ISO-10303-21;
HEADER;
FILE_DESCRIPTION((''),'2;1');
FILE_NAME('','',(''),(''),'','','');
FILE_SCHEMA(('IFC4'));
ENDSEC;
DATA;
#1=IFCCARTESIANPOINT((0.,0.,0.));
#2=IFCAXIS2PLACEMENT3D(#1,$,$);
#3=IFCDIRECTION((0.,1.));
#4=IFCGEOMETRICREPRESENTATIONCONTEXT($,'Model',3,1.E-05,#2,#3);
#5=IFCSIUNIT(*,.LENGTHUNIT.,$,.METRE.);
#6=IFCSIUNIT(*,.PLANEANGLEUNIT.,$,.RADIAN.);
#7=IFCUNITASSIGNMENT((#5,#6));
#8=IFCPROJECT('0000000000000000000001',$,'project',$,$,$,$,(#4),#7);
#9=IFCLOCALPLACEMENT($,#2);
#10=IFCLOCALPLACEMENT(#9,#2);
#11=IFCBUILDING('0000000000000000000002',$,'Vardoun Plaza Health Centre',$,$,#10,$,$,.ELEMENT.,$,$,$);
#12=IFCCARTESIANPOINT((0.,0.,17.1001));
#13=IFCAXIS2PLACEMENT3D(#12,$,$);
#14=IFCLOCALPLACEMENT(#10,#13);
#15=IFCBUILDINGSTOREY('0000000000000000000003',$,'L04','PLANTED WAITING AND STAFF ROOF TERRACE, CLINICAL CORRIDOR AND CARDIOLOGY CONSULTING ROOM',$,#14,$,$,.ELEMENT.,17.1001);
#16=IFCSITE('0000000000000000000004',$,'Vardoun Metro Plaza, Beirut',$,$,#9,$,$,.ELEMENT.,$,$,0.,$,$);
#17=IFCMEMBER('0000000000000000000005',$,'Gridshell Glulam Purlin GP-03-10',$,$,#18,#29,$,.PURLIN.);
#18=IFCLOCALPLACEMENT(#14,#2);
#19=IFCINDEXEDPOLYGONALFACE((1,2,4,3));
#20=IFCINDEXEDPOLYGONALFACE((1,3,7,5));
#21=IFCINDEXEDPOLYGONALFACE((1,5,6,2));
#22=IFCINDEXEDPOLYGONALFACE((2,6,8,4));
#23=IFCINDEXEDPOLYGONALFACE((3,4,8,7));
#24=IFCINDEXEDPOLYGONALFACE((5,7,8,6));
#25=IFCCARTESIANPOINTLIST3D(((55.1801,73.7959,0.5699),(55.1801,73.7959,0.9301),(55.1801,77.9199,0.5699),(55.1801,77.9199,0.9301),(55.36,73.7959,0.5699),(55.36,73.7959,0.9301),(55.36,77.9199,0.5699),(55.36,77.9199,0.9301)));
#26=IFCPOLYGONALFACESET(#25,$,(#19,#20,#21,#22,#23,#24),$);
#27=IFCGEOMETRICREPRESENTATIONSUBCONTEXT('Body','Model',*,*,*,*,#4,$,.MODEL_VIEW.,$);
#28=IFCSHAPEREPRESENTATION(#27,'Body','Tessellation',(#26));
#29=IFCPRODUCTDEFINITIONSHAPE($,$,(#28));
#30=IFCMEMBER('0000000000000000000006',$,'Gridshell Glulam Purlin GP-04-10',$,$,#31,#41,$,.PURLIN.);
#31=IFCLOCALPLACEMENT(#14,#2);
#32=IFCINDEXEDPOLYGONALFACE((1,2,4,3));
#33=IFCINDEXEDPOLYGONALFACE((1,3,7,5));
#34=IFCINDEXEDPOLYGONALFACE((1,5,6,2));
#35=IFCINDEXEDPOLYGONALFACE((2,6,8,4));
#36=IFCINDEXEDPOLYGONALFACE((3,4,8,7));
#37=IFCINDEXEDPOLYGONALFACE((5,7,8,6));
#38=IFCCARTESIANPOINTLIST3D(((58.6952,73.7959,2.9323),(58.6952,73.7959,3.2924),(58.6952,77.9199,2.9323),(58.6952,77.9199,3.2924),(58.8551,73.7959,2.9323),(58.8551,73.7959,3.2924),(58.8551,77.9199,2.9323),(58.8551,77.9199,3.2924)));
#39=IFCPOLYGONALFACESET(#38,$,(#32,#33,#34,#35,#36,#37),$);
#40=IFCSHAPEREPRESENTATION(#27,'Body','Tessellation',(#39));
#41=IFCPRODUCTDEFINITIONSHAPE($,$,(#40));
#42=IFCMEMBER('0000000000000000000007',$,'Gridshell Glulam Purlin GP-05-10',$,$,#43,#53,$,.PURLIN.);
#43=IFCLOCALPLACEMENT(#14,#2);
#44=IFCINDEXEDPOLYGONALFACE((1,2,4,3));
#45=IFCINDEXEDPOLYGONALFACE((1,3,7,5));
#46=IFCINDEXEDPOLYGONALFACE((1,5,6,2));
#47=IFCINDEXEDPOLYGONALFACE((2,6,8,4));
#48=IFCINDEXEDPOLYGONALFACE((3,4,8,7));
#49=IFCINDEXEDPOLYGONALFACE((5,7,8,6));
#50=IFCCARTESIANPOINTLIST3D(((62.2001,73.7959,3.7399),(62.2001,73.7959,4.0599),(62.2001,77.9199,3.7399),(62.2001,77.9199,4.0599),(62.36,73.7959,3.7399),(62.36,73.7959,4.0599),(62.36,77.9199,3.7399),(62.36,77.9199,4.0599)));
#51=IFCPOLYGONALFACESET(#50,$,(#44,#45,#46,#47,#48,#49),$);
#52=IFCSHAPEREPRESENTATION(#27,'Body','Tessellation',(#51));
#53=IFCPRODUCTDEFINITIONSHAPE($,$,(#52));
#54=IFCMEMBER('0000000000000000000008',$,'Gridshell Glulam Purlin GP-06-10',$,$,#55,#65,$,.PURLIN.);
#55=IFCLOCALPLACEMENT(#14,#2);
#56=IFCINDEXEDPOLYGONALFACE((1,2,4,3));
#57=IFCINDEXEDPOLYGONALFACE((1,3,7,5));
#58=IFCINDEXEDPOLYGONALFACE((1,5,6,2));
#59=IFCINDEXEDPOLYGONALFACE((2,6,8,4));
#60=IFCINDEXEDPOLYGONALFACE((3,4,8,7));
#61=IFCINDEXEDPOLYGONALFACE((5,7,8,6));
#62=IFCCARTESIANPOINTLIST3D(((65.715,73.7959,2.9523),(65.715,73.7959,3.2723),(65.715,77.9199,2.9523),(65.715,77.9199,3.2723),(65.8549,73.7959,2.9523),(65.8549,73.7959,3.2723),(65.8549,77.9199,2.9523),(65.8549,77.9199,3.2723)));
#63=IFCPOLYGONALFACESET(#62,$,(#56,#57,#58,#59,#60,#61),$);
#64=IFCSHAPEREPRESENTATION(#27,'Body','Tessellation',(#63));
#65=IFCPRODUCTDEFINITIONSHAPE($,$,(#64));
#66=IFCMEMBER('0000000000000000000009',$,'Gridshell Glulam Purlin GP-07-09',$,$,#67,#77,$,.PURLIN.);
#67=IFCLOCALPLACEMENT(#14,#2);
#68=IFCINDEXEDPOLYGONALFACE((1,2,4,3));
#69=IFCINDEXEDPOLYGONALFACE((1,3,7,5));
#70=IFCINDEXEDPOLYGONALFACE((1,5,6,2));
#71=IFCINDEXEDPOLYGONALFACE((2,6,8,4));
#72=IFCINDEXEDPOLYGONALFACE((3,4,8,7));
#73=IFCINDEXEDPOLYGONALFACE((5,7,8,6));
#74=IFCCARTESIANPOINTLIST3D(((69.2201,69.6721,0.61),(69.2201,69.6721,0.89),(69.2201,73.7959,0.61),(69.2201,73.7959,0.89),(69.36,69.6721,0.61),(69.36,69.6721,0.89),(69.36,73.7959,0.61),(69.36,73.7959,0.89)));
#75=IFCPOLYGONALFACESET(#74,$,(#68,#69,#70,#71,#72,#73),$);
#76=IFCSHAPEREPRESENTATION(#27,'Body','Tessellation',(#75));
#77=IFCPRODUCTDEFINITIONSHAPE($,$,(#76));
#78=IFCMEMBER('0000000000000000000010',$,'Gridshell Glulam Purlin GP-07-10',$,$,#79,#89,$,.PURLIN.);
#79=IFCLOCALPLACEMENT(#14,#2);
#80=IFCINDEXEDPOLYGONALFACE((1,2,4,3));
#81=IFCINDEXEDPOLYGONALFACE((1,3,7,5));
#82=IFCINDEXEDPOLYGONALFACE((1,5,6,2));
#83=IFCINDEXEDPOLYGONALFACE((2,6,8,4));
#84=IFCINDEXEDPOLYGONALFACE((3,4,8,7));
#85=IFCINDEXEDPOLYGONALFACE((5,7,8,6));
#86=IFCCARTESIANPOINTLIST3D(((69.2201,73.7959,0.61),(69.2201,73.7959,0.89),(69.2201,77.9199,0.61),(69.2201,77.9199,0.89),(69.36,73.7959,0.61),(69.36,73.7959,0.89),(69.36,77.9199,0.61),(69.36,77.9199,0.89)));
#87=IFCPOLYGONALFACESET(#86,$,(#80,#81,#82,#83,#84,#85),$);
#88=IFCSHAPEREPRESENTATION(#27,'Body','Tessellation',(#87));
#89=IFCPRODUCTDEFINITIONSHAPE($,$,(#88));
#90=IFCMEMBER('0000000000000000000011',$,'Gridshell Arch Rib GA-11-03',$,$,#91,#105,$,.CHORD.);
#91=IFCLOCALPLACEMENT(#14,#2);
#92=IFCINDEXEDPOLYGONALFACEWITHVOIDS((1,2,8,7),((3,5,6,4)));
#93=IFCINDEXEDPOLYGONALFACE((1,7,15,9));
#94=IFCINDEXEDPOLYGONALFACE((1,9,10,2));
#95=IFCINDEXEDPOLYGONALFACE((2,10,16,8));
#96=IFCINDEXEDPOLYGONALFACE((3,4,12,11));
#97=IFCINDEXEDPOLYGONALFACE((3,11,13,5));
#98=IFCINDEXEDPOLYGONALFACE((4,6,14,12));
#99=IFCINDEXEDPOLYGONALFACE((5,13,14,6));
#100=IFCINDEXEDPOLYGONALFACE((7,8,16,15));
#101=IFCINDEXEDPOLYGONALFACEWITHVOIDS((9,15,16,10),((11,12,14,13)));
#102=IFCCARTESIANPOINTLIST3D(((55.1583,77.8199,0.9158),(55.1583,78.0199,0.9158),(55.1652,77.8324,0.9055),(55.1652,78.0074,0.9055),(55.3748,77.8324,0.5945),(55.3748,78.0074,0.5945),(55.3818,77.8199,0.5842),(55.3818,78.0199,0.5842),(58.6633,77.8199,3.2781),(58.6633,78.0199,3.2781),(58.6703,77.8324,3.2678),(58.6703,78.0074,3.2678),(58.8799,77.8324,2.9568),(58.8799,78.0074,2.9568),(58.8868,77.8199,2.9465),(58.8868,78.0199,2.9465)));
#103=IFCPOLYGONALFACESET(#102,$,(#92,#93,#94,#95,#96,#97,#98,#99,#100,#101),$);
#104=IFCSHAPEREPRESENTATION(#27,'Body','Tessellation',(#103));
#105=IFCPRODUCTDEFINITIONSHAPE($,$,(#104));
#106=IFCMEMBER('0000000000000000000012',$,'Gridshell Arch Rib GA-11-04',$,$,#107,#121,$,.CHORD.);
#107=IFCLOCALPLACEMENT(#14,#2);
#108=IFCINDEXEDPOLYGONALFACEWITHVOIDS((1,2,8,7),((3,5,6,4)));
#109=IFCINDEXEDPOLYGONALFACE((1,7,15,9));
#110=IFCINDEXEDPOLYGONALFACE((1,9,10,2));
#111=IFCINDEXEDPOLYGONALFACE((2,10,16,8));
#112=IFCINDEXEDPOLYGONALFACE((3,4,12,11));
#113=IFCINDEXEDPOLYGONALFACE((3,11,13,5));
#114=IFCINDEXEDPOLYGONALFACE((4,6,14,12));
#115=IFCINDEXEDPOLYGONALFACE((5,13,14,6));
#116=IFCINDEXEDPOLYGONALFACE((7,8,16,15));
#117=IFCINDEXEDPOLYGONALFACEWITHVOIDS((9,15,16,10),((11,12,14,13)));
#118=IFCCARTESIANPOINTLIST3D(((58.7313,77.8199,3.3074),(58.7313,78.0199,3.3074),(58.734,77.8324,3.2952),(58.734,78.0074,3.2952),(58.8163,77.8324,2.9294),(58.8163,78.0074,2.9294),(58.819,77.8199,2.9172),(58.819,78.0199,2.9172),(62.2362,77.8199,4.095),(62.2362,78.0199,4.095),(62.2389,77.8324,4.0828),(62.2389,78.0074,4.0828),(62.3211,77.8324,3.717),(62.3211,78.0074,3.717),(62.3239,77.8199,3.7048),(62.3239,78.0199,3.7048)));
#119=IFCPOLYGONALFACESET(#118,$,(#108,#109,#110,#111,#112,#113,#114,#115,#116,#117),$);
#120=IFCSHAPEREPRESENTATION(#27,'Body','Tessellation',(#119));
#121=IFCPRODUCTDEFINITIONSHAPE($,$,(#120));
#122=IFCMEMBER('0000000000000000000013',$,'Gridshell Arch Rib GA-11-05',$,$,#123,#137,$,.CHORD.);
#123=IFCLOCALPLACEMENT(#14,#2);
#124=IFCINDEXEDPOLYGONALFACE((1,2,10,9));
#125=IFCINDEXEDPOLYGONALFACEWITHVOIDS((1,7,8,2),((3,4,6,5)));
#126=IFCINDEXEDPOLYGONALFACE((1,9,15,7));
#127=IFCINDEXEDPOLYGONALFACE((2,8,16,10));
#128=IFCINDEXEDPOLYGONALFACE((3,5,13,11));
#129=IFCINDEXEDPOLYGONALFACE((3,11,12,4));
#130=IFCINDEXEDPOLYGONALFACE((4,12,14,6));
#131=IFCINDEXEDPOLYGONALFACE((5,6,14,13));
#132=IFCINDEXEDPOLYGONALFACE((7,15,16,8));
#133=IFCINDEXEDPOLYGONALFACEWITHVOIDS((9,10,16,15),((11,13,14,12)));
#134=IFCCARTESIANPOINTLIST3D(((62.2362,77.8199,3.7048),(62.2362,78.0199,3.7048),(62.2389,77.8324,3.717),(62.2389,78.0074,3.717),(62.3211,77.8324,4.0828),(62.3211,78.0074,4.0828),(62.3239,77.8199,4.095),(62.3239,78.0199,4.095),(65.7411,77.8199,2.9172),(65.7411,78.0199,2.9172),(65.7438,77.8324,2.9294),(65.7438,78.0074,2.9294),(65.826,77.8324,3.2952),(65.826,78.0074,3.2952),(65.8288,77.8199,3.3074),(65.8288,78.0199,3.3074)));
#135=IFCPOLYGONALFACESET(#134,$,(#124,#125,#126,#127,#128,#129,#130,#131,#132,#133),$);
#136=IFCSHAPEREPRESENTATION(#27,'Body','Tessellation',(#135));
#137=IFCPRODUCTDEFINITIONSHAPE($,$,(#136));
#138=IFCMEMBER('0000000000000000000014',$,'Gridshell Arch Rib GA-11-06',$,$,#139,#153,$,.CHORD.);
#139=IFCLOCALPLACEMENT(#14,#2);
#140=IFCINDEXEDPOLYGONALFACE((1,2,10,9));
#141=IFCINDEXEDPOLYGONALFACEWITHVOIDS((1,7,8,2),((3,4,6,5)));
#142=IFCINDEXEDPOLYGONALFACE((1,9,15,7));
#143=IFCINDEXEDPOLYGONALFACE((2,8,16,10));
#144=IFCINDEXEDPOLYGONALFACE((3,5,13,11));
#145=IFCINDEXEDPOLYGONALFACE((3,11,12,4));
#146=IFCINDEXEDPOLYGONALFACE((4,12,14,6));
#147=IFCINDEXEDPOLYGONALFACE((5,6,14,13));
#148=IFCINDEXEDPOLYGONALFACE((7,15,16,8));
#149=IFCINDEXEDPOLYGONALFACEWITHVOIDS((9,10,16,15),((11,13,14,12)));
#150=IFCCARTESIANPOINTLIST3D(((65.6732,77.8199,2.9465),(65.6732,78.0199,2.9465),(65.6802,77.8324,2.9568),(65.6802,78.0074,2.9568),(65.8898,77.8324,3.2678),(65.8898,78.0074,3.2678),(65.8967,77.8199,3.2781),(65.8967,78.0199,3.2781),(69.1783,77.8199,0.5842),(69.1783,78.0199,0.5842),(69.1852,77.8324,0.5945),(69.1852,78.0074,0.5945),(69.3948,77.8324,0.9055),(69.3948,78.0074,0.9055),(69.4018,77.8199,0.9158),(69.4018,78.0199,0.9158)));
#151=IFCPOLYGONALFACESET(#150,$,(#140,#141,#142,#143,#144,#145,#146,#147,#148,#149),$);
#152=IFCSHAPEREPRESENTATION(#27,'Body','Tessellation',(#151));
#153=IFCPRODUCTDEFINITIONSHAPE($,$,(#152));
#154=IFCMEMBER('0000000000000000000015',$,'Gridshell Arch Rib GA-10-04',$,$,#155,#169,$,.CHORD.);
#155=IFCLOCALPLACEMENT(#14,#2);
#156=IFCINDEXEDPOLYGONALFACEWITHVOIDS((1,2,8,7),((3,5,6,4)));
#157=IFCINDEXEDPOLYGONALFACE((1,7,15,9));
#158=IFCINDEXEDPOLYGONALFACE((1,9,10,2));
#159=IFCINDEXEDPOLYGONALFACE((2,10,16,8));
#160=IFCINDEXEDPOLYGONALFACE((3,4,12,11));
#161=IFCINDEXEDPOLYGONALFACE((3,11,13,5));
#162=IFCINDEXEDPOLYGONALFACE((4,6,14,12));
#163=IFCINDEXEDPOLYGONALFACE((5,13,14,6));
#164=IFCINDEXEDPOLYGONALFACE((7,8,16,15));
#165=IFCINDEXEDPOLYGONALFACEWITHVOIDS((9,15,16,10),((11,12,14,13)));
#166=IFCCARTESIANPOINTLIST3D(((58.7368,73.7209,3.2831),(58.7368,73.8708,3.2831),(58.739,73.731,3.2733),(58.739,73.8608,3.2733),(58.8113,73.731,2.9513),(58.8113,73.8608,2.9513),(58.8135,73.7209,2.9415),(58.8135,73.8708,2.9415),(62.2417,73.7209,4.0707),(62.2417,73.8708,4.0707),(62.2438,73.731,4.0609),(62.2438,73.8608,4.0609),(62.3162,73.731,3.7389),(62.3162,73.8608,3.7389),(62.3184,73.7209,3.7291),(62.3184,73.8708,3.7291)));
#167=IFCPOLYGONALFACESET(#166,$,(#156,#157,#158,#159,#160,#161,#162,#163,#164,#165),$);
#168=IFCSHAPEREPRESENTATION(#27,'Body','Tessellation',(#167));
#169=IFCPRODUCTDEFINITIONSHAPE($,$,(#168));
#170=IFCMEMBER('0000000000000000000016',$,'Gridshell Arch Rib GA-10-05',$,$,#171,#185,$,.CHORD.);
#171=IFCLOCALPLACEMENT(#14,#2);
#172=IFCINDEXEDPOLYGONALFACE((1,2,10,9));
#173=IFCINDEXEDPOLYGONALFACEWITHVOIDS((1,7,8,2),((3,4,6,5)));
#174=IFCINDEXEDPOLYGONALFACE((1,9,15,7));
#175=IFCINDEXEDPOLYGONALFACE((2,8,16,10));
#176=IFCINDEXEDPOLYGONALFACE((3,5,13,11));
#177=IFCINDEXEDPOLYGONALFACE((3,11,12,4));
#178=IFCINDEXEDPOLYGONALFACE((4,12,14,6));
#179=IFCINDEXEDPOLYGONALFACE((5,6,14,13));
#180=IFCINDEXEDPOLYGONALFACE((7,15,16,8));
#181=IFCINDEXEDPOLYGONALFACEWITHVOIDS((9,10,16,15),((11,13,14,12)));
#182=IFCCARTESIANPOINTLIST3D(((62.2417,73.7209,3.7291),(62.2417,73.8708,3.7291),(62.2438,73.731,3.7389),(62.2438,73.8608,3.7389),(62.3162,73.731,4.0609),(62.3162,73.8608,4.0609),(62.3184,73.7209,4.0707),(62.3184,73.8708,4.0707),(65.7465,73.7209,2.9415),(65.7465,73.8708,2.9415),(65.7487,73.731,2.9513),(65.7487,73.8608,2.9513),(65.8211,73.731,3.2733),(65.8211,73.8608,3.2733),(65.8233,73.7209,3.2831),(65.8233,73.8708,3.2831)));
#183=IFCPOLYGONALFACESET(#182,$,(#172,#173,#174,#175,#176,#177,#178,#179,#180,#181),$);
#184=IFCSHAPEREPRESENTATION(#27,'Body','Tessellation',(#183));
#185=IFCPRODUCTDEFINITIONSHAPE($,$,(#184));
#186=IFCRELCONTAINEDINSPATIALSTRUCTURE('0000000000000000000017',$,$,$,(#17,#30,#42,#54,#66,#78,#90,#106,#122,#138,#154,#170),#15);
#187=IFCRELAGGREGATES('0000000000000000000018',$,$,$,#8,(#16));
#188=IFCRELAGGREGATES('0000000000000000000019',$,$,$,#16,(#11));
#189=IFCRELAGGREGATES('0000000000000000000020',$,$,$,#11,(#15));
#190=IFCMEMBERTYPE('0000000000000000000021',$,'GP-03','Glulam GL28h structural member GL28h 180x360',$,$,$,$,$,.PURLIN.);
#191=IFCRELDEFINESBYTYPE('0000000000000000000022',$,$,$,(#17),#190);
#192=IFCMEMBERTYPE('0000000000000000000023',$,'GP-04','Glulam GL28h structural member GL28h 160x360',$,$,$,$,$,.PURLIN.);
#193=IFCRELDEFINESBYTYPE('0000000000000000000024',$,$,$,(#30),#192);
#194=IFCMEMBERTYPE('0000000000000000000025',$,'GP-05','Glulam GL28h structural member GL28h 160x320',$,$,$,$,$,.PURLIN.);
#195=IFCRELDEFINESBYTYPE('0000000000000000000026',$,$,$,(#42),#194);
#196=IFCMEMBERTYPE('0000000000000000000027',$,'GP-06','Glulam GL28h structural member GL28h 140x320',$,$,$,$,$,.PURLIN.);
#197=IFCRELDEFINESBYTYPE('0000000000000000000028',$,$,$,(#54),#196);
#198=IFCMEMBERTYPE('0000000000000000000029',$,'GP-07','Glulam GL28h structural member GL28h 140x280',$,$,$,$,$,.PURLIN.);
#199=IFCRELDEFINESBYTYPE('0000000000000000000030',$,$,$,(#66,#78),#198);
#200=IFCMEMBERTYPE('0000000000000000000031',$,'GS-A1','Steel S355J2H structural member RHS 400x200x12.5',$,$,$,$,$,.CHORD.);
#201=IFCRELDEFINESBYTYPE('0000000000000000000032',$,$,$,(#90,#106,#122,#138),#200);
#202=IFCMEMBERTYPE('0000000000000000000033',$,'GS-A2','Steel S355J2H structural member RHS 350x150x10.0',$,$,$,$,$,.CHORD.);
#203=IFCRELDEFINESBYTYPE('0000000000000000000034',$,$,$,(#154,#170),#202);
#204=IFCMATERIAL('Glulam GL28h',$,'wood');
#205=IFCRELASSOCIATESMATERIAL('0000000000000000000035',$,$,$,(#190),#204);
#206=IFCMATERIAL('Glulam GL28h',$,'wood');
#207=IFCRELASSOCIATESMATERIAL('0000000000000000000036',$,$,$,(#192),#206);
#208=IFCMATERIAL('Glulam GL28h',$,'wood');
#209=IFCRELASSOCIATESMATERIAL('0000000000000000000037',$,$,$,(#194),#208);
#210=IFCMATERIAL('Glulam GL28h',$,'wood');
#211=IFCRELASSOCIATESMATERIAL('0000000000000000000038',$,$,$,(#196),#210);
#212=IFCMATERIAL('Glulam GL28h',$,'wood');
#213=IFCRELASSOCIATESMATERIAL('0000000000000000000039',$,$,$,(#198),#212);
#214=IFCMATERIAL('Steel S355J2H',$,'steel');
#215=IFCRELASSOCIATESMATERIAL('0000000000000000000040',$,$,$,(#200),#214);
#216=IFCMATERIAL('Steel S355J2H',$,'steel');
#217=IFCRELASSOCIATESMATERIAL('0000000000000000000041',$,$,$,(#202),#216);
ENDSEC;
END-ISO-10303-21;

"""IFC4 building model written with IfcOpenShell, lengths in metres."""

from ifc_helpers import new_model, si_unit, direction, frame, origin, origin_2d, place, context, subcontext, project, spatial, rectangle, hollow_rectangle, extrude, material, material_profile, profile_set, type_object, element, save


model = new_model("IFC4")

# Units and contexts
model_context = context("Model", 3, precision=1e-05, world=origin(), true_north=direction((0.0, 1.0)))
body_context = subcontext(model_context, "Body", "Model", "MODEL_VIEW")
ifc_project = project(units=[si_unit("LENGTHUNIT", "METRE"), si_unit("PLANEANGLEUNIT", "RADIAN")], contexts=[model_context])

# Site, building, storey
site_placement = place(None, origin())
site = spatial("IfcSite", under=ifc_project, at=site_placement, Name="Vardoun Metro Plaza, Beirut", CompositionType="ELEMENT", RefElevation=0.0)
building_placement = place(site_placement, origin())
building = spatial("IfcBuilding", under=site, at=building_placement, Name="Vardoun Plaza Health Centre", CompositionType="ELEMENT")
storey_placement = place(building_placement, frame((0.0, 0.0, 17.1001)))
storey = spatial("IfcBuildingStorey", under=building, at=storey_placement, Name="L04", Description="PLANTED WAITING AND STAFF ROOF TERRACE, CLINICAL CORRIDOR AND CARDIOLOGY CONSULTING ROOM", CompositionType="ELEMENT", Elevation=17.1001)

# Members
ifc_material_1 = material(Name="Glulam GL28h", Category="wood")
ifc_material_profile_1 = material_profile(ifc_material_1, rectangle(XDim=0.1799, YDim=0.3601, at=origin_2d()), Name="GL28h 180x360")
ifc_profile_set_1 = profile_set([ifc_material_profile_1], Name="Glulam GL28h")
member_type_1 = type_object("IfcMemberType", Name="GP-03", Description="Glulam GL28h structural member GL28h 180x360", PredefinedType="PURLIN", material=ifc_profile_set_1)
member_1_placement = place(storey_placement, frame((55.27, 73.7959, 0.75), z_axis=(0.0, 1.0, 0.0), x_axis=(-1.0, 0.0, 0.0)))
element("IfcMember", 1, at=member_1_placement, inside=storey, type_object=member_type_1, Name="Gridshell Glulam Purlin GP-03-10", PredefinedType="PURLIN", context=body_context, shape_type="SweptSolid", body=[
    extrude(rectangle(XDim=0.1799, YDim=0.3601, at=origin_2d()), origin(), (0.0, 0.0, 1.0), 4.124),
])
ifc_material_2 = material(Name="Glulam GL28h", Category="wood")
ifc_material_profile_2 = material_profile(ifc_material_2, rectangle(XDim=0.1599, YDim=0.3601, at=origin_2d()), Name="GL28h 160x360")
ifc_profile_set_2 = profile_set([ifc_material_profile_2], Name="Glulam GL28h")
member_type_2 = type_object("IfcMemberType", Name="GP-04", Description="Glulam GL28h structural member GL28h 160x360", PredefinedType="PURLIN", material=ifc_profile_set_2)
member_2_placement = place(storey_placement, frame((58.7751, 73.7959, 3.1123), z_axis=(0.0, 1.0, 0.0), x_axis=(-1.0, 0.0, 0.0)))
element("IfcMember", 2, at=member_2_placement, inside=storey, type_object=member_type_2, Name="Gridshell Glulam Purlin GP-04-10", PredefinedType="PURLIN", context=body_context, shape_type="SweptSolid", body=[
    extrude(rectangle(XDim=0.1599, YDim=0.3601, at=origin_2d()), origin(), (0.0, 0.0, 1.0), 4.124),
])
ifc_material_3 = material(Name="Glulam GL28h", Category="wood")
ifc_material_profile_3 = material_profile(ifc_material_3, rectangle(XDim=0.1599, YDim=0.3201, at=origin_2d()), Name="GL28h 160x320")
ifc_profile_set_3 = profile_set([ifc_material_profile_3], Name="Glulam GL28h")
member_type_3 = type_object("IfcMemberType", Name="GP-05", Description="Glulam GL28h structural member GL28h 160x320", PredefinedType="PURLIN", material=ifc_profile_set_3)
member_3_placement = place(storey_placement, frame((62.28, 73.7959, 3.8999), z_axis=(0.0, 1.0, 0.0), x_axis=(-1.0, 0.0, 0.0)))
element("IfcMember", 3, at=member_3_placement, inside=storey, type_object=member_type_3, Name="Gridshell Glulam Purlin GP-05-10", PredefinedType="PURLIN", context=body_context, shape_type="SweptSolid", body=[
    extrude(rectangle(XDim=0.1599, YDim=0.3201, at=origin_2d()), origin(), (0.0, 0.0, 1.0), 4.124),
])
ifc_material_4 = material(Name="Glulam GL28h", Category="wood")
ifc_material_profile_4 = material_profile(ifc_material_4, rectangle(XDim=0.1399, YDim=0.3201, at=origin_2d()), Name="GL28h 140x320")
ifc_profile_set_4 = profile_set([ifc_material_profile_4], Name="Glulam GL28h")
member_type_4 = type_object("IfcMemberType", Name="GP-06", Description="Glulam GL28h structural member GL28h 140x320", PredefinedType="PURLIN", material=ifc_profile_set_4)
member_4_placement = place(storey_placement, frame((65.7849, 73.7959, 3.1123), z_axis=(0.0, 1.0, 0.0), x_axis=(-1.0, 0.0, 0.0)))
element("IfcMember", 4, at=member_4_placement, inside=storey, type_object=member_type_4, Name="Gridshell Glulam Purlin GP-06-10", PredefinedType="PURLIN", context=body_context, shape_type="SweptSolid", body=[
    extrude(rectangle(XDim=0.1399, YDim=0.3201, at=origin_2d()), origin(), (0.0, 0.0, 1.0), 4.124),
])
ifc_material_5 = material(Name="Glulam GL28h", Category="wood")
ifc_material_profile_5 = material_profile(ifc_material_5, rectangle(XDim=0.1399, YDim=0.28, at=origin_2d()), Name="GL28h 140x280")
ifc_profile_set_5 = profile_set([ifc_material_profile_5], Name="Glulam GL28h")
member_type_5 = type_object("IfcMemberType", Name="GP-07", Description="Glulam GL28h structural member GL28h 140x280", PredefinedType="PURLIN", material=ifc_profile_set_5)
member_5_placement = place(storey_placement, frame((69.29, 69.6721, 0.75), z_axis=(0.0, 1.0, 0.0), x_axis=(-1.0, 0.0, 0.0)))
element("IfcMember", 5, at=member_5_placement, inside=storey, type_object=member_type_5, Name="Gridshell Glulam Purlin GP-07-09", PredefinedType="PURLIN", context=body_context, shape_type="SweptSolid", body=[
    extrude(rectangle(XDim=0.1399, YDim=0.28, at=origin_2d()), origin(), (0.0, 0.0, 1.0), 4.1238),
])
member_6_placement = place(storey_placement, frame((69.29, 73.7959, 0.75), z_axis=(0.0, 1.0, 0.0), x_axis=(-1.0, 0.0, 0.0)))
element("IfcMember", 6, at=member_6_placement, inside=storey, type_object=member_type_5, Name="Gridshell Glulam Purlin GP-07-10", PredefinedType="PURLIN", context=body_context, shape_type="SweptSolid", body=[
    extrude(rectangle(XDim=0.1399, YDim=0.28, at=origin_2d()), origin(), (0.0, 0.0, 1.0), 4.124),
])
ifc_material_6 = material(Name="Steel S355J2H", Category="steel")
ifc_material_profile_6 = material_profile(ifc_material_6, hollow_rectangle(XDim=0.2, YDim=0.3999, WallThickness=0.0125, at=origin_2d()), Name="RHS 400x200x12.5")
ifc_profile_set_6 = profile_set([ifc_material_profile_6], Name="Steel S355J2H")
member_type_6 = type_object("IfcMemberType", Name="GS-A1", Description="Steel S355J2H structural member RHS 400x200x12.5", PredefinedType="CHORD", material=ifc_profile_set_6)
member_7_placement = place(storey_placement, frame((55.27, 77.9199, 0.75), z_axis=(0.82925, 0.0, 0.558879), x_axis=(0.0, 1.0, 0.0)))
element("IfcMember", 7, at=member_7_placement, inside=storey, type_object=member_type_6, Name="Gridshell Arch Rib GA-11-03", PredefinedType="CHORD", context=body_context, shape_type="SweptSolid", body=[
    extrude(hollow_rectangle(XDim=0.2, YDim=0.3999, WallThickness=0.0125, at=origin_2d()), origin(), (0.0, 0.0, 1.0), 4.2268),
])
for number, where, z_axis, x_axis, name in (
    (8, (58.7751, 77.9199, 3.1123), (0.975669, 0.0, 0.219247), (0.0, 1.0, 0.0), "Gridshell Arch Rib GA-11-04"),
    (9, (65.7849, 77.9199, 3.1123), (-0.975669, 0.0, 0.219247), (0.0, -1.0, 0.0), "Gridshell Arch Rib GA-11-05"),
):
    element("IfcMember", number, at=place(storey_placement, frame(where, z_axis=z_axis, x_axis=x_axis)), inside=storey, type_object=member_type_6, Name=name, PredefinedType="CHORD", context=body_context, shape_type="SweptSolid", body=[
        extrude(hollow_rectangle(XDim=0.2, YDim=0.3999, WallThickness=0.0125, at=origin_2d()), origin(), (0.0, 0.0, 1.0), 3.5923),
    ])
member_8_placement = place(storey_placement, frame((69.29, 77.9199, 0.75), z_axis=(-0.82925, 0.0, 0.558879), x_axis=(0.0, -1.0, 0.0)))
element("IfcMember", 10, at=member_8_placement, inside=storey, type_object=member_type_6, Name="Gridshell Arch Rib GA-11-06", PredefinedType="CHORD", context=body_context, shape_type="SweptSolid", body=[
    extrude(hollow_rectangle(XDim=0.2, YDim=0.3999, WallThickness=0.0125, at=origin_2d()), origin(), (0.0, 0.0, 1.0), 4.2268),
])
ifc_material_7 = material(Name="Steel S355J2H", Category="steel")
ifc_material_profile_7 = material_profile(ifc_material_7, hollow_rectangle(XDim=0.1499, YDim=0.3501, WallThickness=0.01, at=origin_2d()), Name="RHS 350x150x10.0")
ifc_profile_set_7 = profile_set([ifc_material_profile_7], Name="Steel S355J2H")
member_type_7 = type_object("IfcMemberType", Name="GS-A2", Description="Steel S355J2H structural member RHS 350x150x10.0", PredefinedType="CHORD", material=ifc_profile_set_7)
for number, where, z_axis, x_axis, name in (
    (11, (58.7751, 73.7959, 3.1123), (0.975669, 0.0, 0.219247), (0.0, 1.0, 0.0), "Gridshell Arch Rib GA-10-04"),
    (12, (65.7849, 73.7959, 3.1123), (-0.975669, 0.0, 0.219247), (0.0, -1.0, 0.0), "Gridshell Arch Rib GA-10-05"),
):
    element("IfcMember", number, at=place(storey_placement, frame(where, z_axis=z_axis, x_axis=x_axis)), inside=storey, type_object=member_type_7, Name=name, PredefinedType="CHORD", context=body_context, shape_type="SweptSolid", body=[
        extrude(hollow_rectangle(XDim=0.1499, YDim=0.3501, WallThickness=0.01, at=origin_2d()), origin(), (0.0, 0.0, 1.0), 3.5923),
    ])

save(model, "model.ifc")
